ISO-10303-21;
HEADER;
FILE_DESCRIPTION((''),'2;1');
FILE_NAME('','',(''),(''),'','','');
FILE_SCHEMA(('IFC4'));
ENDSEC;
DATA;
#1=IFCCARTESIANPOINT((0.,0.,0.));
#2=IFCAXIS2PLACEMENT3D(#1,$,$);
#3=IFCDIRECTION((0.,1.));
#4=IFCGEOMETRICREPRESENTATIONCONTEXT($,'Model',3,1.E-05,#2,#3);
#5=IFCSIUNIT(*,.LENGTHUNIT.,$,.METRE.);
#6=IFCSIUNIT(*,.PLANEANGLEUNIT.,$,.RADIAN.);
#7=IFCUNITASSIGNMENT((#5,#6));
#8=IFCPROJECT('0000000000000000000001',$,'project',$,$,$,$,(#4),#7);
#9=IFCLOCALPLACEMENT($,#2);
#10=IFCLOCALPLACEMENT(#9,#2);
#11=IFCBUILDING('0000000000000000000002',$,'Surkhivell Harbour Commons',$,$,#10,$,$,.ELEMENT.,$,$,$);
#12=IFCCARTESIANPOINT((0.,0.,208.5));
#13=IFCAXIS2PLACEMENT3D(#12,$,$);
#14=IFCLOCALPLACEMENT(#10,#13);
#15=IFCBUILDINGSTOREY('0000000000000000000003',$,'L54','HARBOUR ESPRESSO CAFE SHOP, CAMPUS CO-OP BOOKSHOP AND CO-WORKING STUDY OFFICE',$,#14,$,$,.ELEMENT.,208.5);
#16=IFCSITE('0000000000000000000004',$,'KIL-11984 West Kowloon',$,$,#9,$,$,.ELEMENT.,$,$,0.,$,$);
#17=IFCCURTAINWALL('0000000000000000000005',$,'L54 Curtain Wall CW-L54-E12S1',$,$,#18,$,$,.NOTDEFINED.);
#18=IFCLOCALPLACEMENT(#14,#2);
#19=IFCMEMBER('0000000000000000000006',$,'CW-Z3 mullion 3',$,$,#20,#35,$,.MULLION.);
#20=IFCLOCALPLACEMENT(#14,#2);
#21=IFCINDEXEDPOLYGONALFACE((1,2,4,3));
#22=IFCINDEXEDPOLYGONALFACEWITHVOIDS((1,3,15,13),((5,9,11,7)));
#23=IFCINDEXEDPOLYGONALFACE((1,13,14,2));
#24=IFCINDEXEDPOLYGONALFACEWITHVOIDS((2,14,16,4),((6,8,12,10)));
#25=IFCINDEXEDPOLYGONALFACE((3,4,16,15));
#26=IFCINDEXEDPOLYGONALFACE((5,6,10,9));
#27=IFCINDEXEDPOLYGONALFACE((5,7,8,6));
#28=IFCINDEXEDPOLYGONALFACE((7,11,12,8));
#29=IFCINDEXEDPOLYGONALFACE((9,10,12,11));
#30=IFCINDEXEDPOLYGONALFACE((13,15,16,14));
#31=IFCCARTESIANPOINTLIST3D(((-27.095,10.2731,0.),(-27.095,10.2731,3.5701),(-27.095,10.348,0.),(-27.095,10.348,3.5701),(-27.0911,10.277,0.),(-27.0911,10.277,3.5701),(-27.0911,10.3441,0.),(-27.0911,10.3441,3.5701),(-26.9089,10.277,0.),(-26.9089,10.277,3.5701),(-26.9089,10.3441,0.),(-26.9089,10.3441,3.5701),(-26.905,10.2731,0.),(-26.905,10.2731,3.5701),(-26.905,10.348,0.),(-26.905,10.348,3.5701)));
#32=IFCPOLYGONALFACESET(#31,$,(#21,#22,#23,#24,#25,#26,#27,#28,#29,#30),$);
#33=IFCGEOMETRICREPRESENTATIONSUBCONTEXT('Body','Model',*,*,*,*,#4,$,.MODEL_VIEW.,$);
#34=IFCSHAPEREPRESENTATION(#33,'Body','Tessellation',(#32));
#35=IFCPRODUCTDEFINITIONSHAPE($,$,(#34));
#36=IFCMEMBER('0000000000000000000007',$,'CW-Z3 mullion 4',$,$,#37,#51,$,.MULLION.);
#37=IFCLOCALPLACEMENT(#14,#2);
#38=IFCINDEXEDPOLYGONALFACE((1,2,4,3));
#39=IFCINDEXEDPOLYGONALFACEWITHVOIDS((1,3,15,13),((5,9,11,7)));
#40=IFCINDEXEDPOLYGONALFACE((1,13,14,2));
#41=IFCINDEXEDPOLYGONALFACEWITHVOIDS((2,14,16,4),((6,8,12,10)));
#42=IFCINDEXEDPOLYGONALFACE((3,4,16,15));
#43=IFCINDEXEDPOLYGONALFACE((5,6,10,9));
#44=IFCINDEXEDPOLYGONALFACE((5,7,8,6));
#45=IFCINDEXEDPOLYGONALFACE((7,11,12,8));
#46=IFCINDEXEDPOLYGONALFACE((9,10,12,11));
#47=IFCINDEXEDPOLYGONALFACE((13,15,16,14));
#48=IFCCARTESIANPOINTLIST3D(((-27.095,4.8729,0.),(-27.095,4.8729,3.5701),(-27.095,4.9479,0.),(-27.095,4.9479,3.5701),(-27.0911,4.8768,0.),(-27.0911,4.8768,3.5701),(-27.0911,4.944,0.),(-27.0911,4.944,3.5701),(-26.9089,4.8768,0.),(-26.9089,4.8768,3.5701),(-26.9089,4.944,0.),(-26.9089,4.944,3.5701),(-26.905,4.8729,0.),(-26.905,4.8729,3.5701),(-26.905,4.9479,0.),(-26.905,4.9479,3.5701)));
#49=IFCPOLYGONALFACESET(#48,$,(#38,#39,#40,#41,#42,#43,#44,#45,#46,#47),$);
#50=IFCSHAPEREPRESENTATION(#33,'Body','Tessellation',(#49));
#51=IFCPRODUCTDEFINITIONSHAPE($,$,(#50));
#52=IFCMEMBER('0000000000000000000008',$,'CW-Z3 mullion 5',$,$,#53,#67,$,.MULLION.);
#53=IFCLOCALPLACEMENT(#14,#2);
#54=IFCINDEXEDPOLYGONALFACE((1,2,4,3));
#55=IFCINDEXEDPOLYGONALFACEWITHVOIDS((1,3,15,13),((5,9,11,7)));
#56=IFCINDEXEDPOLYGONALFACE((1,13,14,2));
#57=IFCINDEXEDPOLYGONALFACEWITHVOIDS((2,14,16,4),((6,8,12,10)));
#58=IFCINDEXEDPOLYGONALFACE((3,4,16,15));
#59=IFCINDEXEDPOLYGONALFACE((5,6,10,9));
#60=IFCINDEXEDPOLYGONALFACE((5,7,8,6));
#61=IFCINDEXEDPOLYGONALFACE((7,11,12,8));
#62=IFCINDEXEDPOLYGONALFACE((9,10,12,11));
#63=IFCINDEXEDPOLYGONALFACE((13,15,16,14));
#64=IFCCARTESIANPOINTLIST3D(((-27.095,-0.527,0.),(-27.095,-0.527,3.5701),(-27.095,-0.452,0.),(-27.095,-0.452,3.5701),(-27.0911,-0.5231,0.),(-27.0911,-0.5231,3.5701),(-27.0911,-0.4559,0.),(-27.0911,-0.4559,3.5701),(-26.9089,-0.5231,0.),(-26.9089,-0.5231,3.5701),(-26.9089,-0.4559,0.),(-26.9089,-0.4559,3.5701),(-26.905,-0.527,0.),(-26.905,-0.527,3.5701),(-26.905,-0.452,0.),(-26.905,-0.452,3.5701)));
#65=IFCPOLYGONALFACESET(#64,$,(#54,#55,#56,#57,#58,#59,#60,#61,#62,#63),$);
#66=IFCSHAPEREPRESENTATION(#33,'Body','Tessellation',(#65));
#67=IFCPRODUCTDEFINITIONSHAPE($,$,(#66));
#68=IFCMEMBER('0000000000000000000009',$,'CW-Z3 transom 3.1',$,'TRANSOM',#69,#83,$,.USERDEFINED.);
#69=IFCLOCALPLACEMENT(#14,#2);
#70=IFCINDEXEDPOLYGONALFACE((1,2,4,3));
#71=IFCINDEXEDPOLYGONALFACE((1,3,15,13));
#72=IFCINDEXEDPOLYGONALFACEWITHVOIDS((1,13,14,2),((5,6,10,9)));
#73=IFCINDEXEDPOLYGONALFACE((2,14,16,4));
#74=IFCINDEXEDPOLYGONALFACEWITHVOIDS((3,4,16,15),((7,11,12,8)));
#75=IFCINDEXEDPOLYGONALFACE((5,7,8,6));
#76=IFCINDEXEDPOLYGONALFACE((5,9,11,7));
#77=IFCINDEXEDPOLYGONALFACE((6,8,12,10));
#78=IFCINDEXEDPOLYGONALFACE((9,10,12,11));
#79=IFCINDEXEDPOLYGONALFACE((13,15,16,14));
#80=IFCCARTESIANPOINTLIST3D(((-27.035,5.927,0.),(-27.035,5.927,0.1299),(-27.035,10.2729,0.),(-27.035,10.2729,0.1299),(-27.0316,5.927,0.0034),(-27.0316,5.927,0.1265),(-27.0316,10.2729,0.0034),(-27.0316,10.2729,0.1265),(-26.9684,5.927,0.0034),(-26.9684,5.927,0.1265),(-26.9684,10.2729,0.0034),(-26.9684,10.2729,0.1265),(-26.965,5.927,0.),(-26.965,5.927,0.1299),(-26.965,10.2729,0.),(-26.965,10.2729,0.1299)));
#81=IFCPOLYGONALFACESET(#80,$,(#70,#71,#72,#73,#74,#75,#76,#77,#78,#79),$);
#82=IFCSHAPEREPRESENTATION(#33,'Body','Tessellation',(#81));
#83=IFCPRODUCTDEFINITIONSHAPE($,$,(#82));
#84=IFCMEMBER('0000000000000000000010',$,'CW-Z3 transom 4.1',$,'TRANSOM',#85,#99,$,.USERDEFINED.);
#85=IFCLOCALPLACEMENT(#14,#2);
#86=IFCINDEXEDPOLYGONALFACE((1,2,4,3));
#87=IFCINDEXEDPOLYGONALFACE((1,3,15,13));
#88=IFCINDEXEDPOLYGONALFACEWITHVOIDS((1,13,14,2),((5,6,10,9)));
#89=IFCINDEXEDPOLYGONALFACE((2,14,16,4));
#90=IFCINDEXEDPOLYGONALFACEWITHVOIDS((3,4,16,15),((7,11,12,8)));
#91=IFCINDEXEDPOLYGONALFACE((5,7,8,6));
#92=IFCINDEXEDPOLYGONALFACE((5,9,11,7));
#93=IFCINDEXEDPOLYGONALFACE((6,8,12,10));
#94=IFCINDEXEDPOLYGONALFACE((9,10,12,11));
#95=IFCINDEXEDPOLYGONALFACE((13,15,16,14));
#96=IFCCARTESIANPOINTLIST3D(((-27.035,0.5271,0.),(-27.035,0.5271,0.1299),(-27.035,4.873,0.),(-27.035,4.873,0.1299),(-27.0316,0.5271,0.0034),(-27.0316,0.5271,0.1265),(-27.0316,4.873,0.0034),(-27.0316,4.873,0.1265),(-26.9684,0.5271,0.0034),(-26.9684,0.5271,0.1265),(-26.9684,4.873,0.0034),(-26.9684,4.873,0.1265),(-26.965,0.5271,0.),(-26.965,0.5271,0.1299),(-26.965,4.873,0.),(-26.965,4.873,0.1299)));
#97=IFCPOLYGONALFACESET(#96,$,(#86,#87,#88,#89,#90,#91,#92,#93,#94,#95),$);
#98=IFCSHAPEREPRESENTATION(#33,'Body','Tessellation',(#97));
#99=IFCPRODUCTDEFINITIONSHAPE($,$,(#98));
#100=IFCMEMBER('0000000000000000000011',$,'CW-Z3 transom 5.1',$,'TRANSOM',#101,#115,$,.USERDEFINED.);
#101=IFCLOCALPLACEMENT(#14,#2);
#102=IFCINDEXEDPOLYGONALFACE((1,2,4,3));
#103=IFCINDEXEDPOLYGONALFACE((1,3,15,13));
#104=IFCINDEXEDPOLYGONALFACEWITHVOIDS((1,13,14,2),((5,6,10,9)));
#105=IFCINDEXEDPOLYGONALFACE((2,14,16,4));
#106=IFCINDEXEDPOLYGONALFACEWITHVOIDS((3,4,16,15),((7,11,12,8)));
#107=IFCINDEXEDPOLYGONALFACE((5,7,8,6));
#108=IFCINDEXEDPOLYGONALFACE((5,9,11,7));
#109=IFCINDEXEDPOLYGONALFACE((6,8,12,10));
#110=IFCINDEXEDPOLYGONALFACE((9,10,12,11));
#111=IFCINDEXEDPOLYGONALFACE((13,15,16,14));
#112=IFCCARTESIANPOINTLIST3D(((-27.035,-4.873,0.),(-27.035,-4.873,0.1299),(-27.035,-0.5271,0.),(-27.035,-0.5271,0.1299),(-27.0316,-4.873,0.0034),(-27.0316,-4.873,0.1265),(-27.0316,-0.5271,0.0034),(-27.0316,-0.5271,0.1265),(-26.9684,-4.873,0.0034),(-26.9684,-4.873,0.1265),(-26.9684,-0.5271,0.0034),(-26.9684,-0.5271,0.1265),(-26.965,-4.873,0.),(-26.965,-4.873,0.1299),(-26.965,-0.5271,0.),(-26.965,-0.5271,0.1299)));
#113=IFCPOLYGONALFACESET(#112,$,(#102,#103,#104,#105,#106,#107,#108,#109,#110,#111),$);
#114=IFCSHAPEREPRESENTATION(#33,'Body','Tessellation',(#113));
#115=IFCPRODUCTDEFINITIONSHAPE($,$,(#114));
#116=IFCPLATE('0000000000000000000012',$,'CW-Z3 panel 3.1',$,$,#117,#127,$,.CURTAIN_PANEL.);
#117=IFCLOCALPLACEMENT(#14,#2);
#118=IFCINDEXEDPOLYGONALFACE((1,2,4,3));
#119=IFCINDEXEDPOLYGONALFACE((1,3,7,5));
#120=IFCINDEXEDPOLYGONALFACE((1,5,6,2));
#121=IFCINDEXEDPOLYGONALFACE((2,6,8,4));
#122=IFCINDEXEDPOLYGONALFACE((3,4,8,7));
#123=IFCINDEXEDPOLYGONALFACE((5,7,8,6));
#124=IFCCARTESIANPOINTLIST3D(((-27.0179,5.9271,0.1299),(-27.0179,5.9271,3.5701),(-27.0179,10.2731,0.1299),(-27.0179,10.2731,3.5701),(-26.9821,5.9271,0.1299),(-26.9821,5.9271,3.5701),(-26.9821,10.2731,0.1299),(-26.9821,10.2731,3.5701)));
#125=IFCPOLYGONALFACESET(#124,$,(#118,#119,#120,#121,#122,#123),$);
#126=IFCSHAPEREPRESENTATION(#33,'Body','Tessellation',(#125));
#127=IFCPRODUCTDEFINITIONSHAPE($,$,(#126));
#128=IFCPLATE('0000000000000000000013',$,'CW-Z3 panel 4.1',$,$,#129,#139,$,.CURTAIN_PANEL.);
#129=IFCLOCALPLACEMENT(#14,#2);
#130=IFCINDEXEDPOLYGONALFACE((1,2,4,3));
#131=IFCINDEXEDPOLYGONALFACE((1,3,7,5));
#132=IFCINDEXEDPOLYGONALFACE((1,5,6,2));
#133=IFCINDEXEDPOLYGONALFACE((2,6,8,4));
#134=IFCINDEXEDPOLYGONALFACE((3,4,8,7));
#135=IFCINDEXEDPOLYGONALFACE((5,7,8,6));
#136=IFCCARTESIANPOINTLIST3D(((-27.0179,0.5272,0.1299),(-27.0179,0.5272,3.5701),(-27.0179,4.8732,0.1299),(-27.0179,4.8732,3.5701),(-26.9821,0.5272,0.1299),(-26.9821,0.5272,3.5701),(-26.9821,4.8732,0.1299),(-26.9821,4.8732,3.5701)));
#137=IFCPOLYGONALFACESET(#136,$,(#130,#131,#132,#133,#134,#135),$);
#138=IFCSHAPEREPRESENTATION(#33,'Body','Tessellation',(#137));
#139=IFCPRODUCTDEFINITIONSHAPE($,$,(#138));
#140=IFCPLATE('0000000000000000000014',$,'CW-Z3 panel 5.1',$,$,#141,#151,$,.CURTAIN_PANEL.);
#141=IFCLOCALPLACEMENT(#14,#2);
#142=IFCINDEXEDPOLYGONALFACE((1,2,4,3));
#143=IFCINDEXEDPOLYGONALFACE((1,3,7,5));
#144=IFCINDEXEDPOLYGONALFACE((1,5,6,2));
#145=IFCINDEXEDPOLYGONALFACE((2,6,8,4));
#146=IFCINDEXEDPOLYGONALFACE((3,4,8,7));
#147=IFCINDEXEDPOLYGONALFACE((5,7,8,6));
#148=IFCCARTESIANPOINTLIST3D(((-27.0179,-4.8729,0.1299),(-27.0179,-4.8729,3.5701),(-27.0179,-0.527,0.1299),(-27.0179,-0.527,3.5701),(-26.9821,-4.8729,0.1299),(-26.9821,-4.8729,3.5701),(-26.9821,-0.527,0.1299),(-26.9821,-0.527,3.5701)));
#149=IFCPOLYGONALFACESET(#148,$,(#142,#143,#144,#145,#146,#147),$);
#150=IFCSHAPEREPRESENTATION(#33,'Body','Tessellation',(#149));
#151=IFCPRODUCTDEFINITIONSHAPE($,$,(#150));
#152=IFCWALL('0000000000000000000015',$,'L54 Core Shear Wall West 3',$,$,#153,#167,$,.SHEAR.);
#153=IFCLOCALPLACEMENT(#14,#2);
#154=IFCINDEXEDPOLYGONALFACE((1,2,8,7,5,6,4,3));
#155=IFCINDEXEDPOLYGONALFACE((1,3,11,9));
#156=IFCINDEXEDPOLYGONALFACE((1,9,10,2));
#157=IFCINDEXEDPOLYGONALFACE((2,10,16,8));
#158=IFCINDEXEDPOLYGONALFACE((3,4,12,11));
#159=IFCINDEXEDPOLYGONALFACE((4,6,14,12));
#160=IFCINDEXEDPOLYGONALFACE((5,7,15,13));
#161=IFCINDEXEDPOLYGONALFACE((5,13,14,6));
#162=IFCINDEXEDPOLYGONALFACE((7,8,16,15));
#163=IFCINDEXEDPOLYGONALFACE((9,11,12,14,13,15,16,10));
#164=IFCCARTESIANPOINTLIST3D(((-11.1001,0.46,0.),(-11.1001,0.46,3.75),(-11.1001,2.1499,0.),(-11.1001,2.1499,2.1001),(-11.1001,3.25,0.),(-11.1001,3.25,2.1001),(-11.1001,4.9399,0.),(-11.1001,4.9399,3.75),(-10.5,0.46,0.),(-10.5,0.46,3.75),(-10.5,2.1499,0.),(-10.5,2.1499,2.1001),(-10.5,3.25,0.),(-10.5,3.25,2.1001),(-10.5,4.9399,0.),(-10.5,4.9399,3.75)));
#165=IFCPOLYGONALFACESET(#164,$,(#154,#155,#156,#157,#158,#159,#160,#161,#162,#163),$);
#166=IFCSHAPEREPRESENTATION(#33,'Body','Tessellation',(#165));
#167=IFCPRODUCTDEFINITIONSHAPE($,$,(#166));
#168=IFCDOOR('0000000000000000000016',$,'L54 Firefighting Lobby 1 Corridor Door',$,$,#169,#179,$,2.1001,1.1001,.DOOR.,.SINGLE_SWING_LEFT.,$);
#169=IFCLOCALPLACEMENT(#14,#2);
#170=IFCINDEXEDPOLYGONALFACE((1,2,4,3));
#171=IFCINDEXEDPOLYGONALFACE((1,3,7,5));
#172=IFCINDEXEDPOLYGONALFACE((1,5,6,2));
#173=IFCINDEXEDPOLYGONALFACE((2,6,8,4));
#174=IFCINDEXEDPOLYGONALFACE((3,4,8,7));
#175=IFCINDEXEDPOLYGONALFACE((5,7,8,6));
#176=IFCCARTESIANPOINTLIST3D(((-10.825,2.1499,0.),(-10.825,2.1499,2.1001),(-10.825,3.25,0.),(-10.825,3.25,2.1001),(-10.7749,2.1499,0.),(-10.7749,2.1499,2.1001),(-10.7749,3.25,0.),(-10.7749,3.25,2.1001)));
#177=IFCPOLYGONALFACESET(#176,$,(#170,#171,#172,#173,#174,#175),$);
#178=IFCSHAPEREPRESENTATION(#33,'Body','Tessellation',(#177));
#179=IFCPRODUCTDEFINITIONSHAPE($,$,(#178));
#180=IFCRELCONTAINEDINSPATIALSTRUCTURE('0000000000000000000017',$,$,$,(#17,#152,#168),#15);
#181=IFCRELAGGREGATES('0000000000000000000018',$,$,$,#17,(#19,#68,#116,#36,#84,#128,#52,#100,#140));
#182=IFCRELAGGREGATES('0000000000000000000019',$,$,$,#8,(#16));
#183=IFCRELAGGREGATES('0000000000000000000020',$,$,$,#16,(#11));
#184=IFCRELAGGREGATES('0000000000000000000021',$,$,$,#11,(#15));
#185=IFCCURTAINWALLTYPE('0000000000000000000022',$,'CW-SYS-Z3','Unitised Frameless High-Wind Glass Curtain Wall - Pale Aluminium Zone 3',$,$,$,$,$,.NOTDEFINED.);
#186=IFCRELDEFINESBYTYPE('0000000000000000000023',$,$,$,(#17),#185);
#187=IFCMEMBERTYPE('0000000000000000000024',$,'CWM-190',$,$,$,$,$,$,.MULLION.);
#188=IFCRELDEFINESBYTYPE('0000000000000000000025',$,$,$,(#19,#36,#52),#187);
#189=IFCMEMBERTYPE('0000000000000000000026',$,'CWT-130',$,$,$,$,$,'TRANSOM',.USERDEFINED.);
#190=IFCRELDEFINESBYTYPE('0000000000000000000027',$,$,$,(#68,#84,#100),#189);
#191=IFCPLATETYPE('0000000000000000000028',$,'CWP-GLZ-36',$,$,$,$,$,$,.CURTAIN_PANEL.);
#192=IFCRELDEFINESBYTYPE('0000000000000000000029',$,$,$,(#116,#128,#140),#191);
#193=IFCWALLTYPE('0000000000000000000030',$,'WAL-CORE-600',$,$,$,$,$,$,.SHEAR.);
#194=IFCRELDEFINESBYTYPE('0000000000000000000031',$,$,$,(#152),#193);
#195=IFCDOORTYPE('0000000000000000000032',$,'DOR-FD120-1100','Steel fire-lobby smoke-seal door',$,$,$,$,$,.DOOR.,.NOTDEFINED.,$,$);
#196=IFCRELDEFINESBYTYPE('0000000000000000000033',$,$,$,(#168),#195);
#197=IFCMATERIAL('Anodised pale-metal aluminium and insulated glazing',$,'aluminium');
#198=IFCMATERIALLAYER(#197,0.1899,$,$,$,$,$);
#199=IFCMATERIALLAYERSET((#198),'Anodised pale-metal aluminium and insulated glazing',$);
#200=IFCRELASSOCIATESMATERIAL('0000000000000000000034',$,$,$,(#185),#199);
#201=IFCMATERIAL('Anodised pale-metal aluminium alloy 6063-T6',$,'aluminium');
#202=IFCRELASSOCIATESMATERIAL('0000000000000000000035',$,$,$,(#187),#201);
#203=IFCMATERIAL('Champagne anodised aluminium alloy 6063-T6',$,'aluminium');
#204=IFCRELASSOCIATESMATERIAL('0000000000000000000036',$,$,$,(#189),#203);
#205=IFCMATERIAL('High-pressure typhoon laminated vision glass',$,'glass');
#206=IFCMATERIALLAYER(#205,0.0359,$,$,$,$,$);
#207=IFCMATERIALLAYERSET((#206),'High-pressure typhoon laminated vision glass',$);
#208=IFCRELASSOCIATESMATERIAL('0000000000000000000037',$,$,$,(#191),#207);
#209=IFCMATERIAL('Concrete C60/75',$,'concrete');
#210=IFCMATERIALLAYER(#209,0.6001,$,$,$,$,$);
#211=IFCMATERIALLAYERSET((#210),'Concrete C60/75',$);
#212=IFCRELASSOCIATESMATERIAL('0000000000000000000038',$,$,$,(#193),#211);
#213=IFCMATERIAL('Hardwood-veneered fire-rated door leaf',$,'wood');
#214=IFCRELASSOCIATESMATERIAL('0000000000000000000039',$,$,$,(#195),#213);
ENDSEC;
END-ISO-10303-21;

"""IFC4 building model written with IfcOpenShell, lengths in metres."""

from ifc_helpers import new_model, si_unit, direction, frame, frame_2d, origin, origin_2d, place, context, subcontext, project, spatial, rectangle, hollow_rectangle, extrude, material, layer, layer_set, material_profile, profile_set, type_object, element, fill, aggregate, save


model = new_model("IFC4")

# Units and contexts
model_context = context("Model", 3, precision=1e-05, world=origin(), true_north=direction((0.0, 1.0)))
body_context = subcontext(model_context, "Body", "Model", "MODEL_VIEW")
ifc_project = project(units=[si_unit("LENGTHUNIT", "METRE"), si_unit("PLANEANGLEUNIT", "RADIAN")], contexts=[model_context])

# Site, building, storey
site_placement = place(None, origin())
site = spatial("IfcSite", under=ifc_project, at=site_placement, Name="KIL-11984 West Kowloon", CompositionType="ELEMENT", RefElevation=0.0)
building_placement = place(site_placement, origin())
building = spatial("IfcBuilding", under=site, at=building_placement, Name="Surkhivell Harbour Commons", CompositionType="ELEMENT")
storey_placement = place(building_placement, frame((0.0, 0.0, 208.5)))
storey = spatial("IfcBuildingStorey", under=building, at=storey_placement, Name="L54", Description="HARBOUR ESPRESSO CAFE SHOP, CAMPUS CO-OP BOOKSHOP AND CO-WORKING STUDY OFFICE", CompositionType="ELEMENT", Elevation=208.5)

# Shared definitions
ifc_material_1 = material(Name="Concrete C60/75", Category="concrete")

# Curtain wall, members, plates
ifc_material_2 = material(Name="Anodised pale-metal aluminium and insulated glazing", Category="aluminium")
ifc_layer_1 = layer(ifc_material_2, 0.1899)
ifc_layer_set_1 = layer_set([ifc_layer_1], Name="Anodised pale-metal aluminium and insulated glazing")
curtain_wall_type = type_object("IfcCurtainWallType", Name="CW-SYS-Z3", Description="Unitised Frameless High-Wind Glass Curtain Wall - Pale Aluminium Zone 3", PredefinedType="NOTDEFINED", material=ifc_layer_set_1)
curtain_wall_placement = place(storey_placement, origin())
curtain_wall = element("IfcCurtainWall", 1, at=curtain_wall_placement, inside=storey, type_object=curtain_wall_type, Name="L54 Curtain Wall CW-L54-E12S1", PredefinedType="NOTDEFINED")
ifc_material_3 = material(Name="Anodised pale-metal aluminium alloy 6063-T6", Category="aluminium")
ifc_material_profile_1 = material_profile(ifc_material_3, hollow_rectangle(XDim=0.075, YDim=0.1899, WallThickness=0.0039, at=origin_2d()), Name="ALU-MULL-75x190")
ifc_profile_set_1 = profile_set([ifc_material_profile_1], Name="Anodised pale-metal aluminium alloy 6063-T6")
member_type_1 = type_object("IfcMemberType", Name="CWM-190", PredefinedType="MULLION", material=ifc_profile_set_1)
member_1_placement = place(storey_placement, frame((-27.0, 10.3105, 0.0), z_axis=(0.0, 0.0, 1.0), x_axis=(0.0, -1.0, 0.0)))
member_1 = element("IfcMember", 2, at=member_1_placement, type_object=member_type_1, Name="CW-Z3 mullion 3", PredefinedType="MULLION", context=body_context, shape_type="SweptSolid", body=[
    extrude(hollow_rectangle(XDim=0.075, YDim=0.1899, WallThickness=0.0039, at=origin_2d()), origin(), (0.0, 0.0, 1.0), 3.5701),
])
member_2_placement = place(storey_placement, frame((-27.0, 4.9104, 0.0), z_axis=(0.0, 0.0, 1.0), x_axis=(0.0, -1.0, 0.0)))
member_2 = element("IfcMember", 3, at=member_2_placement, type_object=member_type_1, Name="CW-Z3 mullion 4", PredefinedType="MULLION", context=body_context, shape_type="SweptSolid", body=[
    extrude(hollow_rectangle(XDim=0.075, YDim=0.1899, WallThickness=0.0039, at=origin_2d()), origin(), (0.0, 0.0, 1.0), 3.5701),
])
member_3_placement = place(storey_placement, frame((-27.0, -0.4895, 0.0), z_axis=(0.0, 0.0, 1.0), x_axis=(0.0, -1.0, 0.0)))
member_3 = element("IfcMember", 4, at=member_3_placement, type_object=member_type_1, Name="CW-Z3 mullion 5", PredefinedType="MULLION", context=body_context, shape_type="SweptSolid", body=[
    extrude(hollow_rectangle(XDim=0.075, YDim=0.1899, WallThickness=0.0039, at=origin_2d()), origin(), (0.0, 0.0, 1.0), 3.5701),
])
ifc_material_4 = material(Name="Champagne anodised aluminium alloy 6063-T6", Category="aluminium")
ifc_material_profile_2 = material_profile(ifc_material_4, hollow_rectangle(XDim=0.0701, YDim=0.1299, WallThickness=0.0034, at=origin_2d()), Name="ALU-TRAN-70x130")
ifc_profile_set_2 = profile_set([ifc_material_profile_2], Name="Champagne anodised aluminium alloy 6063-T6")
member_type_2 = type_object("IfcMemberType", Name="CWT-130", ElementType="TRANSOM", PredefinedType="USERDEFINED", material=ifc_profile_set_2)
member_4_placement = place(storey_placement, frame((-27.0, 10.2729, 0.0649), z_axis=(0.0, -1.0, 0.0), x_axis=(1.0, 0.0, 0.0)))
member_4 = element("IfcMember", 5, at=member_4_placement, type_object=member_type_2, Name="CW-Z3 transom 3.1", ObjectType="TRANSOM", PredefinedType="USERDEFINED", context=body_context, shape_type="SweptSolid", body=[
    extrude(hollow_rectangle(XDim=0.0701, YDim=0.1299, WallThickness=0.0034, at=origin_2d()), origin(), (0.0, 0.0, 1.0), 4.3459),
])
member_5_placement = place(storey_placement, frame((-27.0, 4.873, 0.0649), z_axis=(0.0, -1.0, 0.0), x_axis=(1.0, 0.0, 0.0)))
member_5 = element("IfcMember", 6, at=member_5_placement, type_object=member_type_2, Name="CW-Z3 transom 4.1", ObjectType="TRANSOM", PredefinedType="USERDEFINED", context=body_context, shape_type="SweptSolid", body=[
    extrude(hollow_rectangle(XDim=0.0701, YDim=0.1299, WallThickness=0.0034, at=origin_2d()), origin(), (0.0, 0.0, 1.0), 4.3459),
])
member_6_placement = place(storey_placement, frame((-27.0, -0.5271, 0.0649), z_axis=(0.0, -1.0, 0.0), x_axis=(1.0, 0.0, 0.0)))
member_6 = element("IfcMember", 7, at=member_6_placement, type_object=member_type_2, Name="CW-Z3 transom 5.1", ObjectType="TRANSOM", PredefinedType="USERDEFINED", context=body_context, shape_type="SweptSolid", body=[
    extrude(hollow_rectangle(XDim=0.0701, YDim=0.1299, WallThickness=0.0034, at=origin_2d()), origin(), (0.0, 0.0, 1.0), 4.3459),
])
ifc_material_5 = material(Name="High-pressure typhoon laminated vision glass", Category="glass")
ifc_layer_2 = layer(ifc_material_5, 0.0359)
ifc_layer_set_2 = layer_set([ifc_layer_2], Name="High-pressure typhoon laminated vision glass")
plate_type = type_object("IfcPlateType", Name="CWP-GLZ-36", PredefinedType="CURTAIN_PANEL", material=ifc_layer_set_2)
plate_1_placement = place(storey_placement, frame((-27.0, 10.2729, 0.1299), z_axis=(0.0, 0.0, 1.0), x_axis=(0.0, -1.0, 0.0)))
plate_1 = element("IfcPlate", 8, at=plate_1_placement, type_object=plate_type, Name="CW-Z3 panel 3.1", PredefinedType="CURTAIN_PANEL", context=body_context, shape_type="SweptSolid", body=[
    extrude(rectangle(XDim=4.3459, YDim=0.0359, at=frame_2d((2.1729, 0.0))), origin(), (0.0, 0.0, 1.0), 3.4402),
])
plate_2_placement = place(storey_placement, frame((-27.0, 4.873, 0.1299), z_axis=(0.0, 0.0, 1.0), x_axis=(0.0, -1.0, 0.0)))
plate_2 = element("IfcPlate", 9, at=plate_2_placement, type_object=plate_type, Name="CW-Z3 panel 4.1", PredefinedType="CURTAIN_PANEL", context=body_context, shape_type="SweptSolid", body=[
    extrude(rectangle(XDim=4.3459, YDim=0.0359, at=frame_2d((2.1729, 0.0))), origin(), (0.0, 0.0, 1.0), 3.4402),
])
plate_3_placement = place(storey_placement, frame((-27.0, -0.5271, 0.1299), z_axis=(0.0, 0.0, 1.0), x_axis=(0.0, -1.0, 0.0)))
plate_3 = element("IfcPlate", 10, at=plate_3_placement, type_object=plate_type, Name="CW-Z3 panel 5.1", PredefinedType="CURTAIN_PANEL", context=body_context, shape_type="SweptSolid", body=[
    extrude(rectangle(XDim=4.3459, YDim=0.0359, at=frame_2d((2.1729, 0.0))), origin(), (0.0, 0.0, 1.0), 3.4402),
])
aggregate(curtain_wall, [member_1, member_4, plate_1, member_2, member_5, plate_2, member_3, member_6, plate_3])

# Wall, opening, door
ifc_layer_3 = layer(ifc_material_1, 0.6001)
ifc_layer_set_3 = layer_set([ifc_layer_3], Name="Concrete C60/75")
wall_type_1 = type_object("IfcWallType", Name="WAL-CORE-600", PredefinedType="SHEAR", material=ifc_layer_set_3)
wall_1_placement = place(storey_placement, frame((-10.8, 0.46, 0.0), z_axis=(0.0, 0.0, 1.0), x_axis=(0.0, 1.0, 0.0)))
wall_1 = element("IfcWall", 11, at=wall_1_placement, inside=storey, type_object=wall_type_1, Name="L54 Core Shear Wall West 3", PredefinedType="SHEAR", context=body_context, shape_type="SweptSolid", body=[
    extrude(rectangle(XDim=4.48, YDim=0.6001, at=frame_2d((2.24, 0.0))), origin(), (0.0, 0.0, 1.0), 3.75),
])
opening_placement = place(wall_1_placement, frame((1.6899, 0.0, 0.0)))
opening = element("IfcOpeningElement", 12, at=opening_placement, cuts=wall_1, PredefinedType="OPENING", context=body_context, shape_type="SweptSolid", body=[
    extrude(rectangle(XDim=1.1001, YDim=2.1001, at=frame_2d((0.55, 1.05))), frame((0.0, 0.3101, 0.0), z_axis=(0.0, -1.0, 0.0), x_axis=(1.0, 0.0, 0.0)), (0.0, 0.0, 1.0), 0.6201),
])
ifc_material_6 = material(Name="Hardwood-veneered fire-rated door leaf", Category="wood")
door_type = type_object("IfcDoorType", Name="DOR-FD120-1100", Description="Steel fire-lobby smoke-seal door", OperationType="NOTDEFINED", PredefinedType="DOOR", material=ifc_material_6)
door_placement = place(opening_placement, origin())
door = element("IfcDoor", 13, at=door_placement, inside=storey, type_object=door_type, Name="L54 Firefighting Lobby 1 Corridor Door", OperationType="SINGLE_SWING_LEFT", OverallHeight=2.1001, OverallWidth=1.1001, PredefinedType="DOOR", context=body_context, shape_type="SweptSolid", body=[
    extrude(rectangle(XDim=1.1001, YDim=2.1001, at=frame_2d((0.55, 1.05))), frame((0.0, 0.0249, 0.0), z_axis=(0.0, -1.0, 0.0), x_axis=(1.0, 0.0, 0.0)), (0.0, 0.0, 1.0), 0.05),
])
fill(opening, door)

save(model, "model.ifc")
